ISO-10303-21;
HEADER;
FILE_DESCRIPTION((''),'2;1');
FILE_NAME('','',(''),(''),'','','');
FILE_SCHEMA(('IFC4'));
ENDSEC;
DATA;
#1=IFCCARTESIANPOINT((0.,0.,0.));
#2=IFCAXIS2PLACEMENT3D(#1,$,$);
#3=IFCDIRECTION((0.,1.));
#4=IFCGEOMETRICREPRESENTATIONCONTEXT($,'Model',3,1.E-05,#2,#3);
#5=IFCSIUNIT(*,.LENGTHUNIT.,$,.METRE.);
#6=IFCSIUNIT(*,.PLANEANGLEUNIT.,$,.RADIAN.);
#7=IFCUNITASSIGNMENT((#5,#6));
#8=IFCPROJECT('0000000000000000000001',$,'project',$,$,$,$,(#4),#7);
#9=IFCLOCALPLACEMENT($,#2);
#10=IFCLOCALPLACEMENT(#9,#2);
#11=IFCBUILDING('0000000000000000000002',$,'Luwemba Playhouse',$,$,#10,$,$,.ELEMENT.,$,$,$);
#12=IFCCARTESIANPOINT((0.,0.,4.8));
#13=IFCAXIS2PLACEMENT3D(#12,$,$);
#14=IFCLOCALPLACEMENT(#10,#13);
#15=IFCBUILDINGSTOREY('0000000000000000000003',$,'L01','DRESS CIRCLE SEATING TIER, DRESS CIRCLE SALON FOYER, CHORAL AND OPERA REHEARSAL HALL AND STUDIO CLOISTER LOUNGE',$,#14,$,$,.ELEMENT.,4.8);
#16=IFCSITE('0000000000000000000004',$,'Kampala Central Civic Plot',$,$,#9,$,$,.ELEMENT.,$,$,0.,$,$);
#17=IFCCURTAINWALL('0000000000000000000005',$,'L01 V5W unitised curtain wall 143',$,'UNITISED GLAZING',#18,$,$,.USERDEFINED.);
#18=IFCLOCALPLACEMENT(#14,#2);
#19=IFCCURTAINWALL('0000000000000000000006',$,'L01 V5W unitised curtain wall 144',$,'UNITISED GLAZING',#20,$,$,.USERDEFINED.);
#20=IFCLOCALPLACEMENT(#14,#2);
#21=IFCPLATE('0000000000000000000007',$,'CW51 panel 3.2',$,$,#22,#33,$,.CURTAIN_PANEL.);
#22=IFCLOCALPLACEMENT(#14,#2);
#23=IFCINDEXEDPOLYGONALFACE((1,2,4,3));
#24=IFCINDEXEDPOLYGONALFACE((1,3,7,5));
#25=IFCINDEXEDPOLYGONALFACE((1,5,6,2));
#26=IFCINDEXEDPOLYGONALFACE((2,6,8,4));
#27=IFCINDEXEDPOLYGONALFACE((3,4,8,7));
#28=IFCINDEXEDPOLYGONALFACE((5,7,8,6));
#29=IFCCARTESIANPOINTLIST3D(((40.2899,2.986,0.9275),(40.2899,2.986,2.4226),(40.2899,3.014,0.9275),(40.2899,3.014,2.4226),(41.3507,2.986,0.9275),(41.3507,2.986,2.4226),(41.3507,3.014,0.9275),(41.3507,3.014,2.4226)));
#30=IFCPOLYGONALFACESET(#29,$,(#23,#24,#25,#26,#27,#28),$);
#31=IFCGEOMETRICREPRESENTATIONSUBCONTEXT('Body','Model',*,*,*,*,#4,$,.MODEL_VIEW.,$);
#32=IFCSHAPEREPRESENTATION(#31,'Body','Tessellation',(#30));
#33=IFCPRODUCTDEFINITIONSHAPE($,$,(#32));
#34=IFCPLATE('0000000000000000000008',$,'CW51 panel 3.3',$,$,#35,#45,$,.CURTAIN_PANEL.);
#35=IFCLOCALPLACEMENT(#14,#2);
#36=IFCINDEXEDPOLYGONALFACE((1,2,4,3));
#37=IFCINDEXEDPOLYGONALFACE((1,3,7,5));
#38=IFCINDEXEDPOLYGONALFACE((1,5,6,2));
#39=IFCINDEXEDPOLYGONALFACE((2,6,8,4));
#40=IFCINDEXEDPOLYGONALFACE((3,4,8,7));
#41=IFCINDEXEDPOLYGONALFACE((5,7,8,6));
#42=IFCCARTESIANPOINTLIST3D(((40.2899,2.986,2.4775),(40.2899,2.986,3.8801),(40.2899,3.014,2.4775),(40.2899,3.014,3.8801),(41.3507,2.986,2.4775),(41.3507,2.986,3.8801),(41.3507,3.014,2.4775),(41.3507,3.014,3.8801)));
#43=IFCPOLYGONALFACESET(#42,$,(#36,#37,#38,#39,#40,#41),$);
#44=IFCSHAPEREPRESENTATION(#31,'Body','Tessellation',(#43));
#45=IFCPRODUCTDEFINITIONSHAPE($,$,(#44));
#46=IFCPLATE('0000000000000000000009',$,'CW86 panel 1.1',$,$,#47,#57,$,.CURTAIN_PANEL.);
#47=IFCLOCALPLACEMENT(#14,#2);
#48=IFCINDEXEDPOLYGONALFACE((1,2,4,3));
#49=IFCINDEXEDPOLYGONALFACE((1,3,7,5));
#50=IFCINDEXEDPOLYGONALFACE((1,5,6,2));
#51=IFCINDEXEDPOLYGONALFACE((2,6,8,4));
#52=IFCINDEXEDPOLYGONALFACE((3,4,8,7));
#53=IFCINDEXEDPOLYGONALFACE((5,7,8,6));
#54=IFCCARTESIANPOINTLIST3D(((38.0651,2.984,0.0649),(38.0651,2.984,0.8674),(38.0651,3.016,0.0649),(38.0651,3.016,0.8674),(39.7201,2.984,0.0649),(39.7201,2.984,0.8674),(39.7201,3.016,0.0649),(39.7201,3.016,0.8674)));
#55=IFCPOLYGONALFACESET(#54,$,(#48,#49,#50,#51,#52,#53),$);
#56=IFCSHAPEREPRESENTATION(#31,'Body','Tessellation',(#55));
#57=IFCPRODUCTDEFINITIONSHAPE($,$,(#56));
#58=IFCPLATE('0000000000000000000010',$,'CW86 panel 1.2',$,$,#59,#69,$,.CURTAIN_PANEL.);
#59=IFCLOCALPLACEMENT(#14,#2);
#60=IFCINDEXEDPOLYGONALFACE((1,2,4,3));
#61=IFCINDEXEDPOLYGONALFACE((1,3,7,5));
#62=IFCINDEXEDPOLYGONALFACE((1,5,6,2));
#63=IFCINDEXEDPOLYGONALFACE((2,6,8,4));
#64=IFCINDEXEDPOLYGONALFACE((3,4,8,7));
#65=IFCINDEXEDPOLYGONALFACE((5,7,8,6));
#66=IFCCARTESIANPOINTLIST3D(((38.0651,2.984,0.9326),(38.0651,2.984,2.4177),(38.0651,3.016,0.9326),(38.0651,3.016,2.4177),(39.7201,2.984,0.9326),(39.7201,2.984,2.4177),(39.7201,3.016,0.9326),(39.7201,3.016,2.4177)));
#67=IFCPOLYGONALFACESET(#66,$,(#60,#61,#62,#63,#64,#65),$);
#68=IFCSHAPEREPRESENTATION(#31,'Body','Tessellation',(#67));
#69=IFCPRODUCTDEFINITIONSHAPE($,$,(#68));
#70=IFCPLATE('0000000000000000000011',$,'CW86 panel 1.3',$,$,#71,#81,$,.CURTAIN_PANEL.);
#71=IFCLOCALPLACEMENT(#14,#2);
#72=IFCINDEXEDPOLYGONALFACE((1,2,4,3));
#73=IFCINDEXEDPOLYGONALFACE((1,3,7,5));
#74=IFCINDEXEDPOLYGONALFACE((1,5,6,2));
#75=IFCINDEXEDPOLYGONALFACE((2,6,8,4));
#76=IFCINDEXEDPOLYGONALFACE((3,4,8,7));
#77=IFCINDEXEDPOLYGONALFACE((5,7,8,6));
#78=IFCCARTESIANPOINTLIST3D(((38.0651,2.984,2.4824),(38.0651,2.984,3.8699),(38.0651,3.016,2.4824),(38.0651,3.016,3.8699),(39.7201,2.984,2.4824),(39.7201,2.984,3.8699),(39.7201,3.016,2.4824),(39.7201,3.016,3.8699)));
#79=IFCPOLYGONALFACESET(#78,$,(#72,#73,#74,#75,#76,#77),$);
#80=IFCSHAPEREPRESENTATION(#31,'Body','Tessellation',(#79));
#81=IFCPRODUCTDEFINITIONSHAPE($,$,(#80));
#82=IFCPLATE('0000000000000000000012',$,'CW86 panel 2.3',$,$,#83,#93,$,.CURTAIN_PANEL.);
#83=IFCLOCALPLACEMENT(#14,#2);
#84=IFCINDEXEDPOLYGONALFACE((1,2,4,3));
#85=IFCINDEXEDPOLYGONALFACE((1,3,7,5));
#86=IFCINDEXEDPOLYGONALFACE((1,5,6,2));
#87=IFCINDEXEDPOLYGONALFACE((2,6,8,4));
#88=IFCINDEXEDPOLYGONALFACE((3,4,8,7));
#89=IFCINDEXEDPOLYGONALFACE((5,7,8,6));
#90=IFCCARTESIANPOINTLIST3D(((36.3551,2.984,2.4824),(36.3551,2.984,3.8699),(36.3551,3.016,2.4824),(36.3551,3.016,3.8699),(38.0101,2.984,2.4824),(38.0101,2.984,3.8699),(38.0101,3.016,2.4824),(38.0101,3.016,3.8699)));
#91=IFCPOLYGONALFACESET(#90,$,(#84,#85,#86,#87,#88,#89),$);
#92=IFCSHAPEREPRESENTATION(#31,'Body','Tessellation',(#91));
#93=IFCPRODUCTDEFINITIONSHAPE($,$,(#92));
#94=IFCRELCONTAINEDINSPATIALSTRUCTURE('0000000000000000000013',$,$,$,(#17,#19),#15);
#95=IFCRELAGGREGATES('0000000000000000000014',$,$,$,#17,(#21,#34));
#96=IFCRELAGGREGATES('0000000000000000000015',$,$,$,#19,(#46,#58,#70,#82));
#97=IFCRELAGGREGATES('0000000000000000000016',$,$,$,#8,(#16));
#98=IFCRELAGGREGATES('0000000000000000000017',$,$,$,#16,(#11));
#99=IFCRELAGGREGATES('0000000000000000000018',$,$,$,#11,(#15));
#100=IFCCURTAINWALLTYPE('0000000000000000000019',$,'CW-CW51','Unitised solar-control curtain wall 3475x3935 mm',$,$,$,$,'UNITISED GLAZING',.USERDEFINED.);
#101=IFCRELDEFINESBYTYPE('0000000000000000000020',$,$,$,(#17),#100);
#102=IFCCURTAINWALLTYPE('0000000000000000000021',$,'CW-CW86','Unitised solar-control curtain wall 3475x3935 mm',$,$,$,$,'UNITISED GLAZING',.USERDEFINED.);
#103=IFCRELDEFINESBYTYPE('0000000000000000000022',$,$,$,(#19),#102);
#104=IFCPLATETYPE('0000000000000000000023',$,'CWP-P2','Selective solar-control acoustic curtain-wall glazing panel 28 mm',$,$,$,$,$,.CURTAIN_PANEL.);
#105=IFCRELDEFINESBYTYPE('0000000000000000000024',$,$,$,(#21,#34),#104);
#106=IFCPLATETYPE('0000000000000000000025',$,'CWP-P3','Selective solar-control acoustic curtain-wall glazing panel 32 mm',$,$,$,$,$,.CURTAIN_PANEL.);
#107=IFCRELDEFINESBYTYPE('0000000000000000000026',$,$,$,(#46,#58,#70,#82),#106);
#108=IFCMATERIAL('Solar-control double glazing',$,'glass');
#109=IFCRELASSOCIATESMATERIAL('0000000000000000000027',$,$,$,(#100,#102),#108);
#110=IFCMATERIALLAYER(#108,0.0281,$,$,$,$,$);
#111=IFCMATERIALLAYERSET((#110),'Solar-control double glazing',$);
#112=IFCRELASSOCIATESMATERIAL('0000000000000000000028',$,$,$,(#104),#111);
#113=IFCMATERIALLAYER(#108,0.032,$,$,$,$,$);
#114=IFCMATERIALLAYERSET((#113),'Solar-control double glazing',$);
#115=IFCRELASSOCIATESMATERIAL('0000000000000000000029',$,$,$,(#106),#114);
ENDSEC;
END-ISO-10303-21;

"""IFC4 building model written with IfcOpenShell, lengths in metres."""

from ifc_helpers import new_model, si_unit, direction, frame, origin, origin_2d, place, context, subcontext, project, spatial, rectangle, extrude, material, layer, layer_set, type_object, element, aggregate, save


model = new_model("IFC4")

# Units and contexts
model_context = context("Model", 3, precision=1e-05, world=origin(), true_north=direction((0.0, 1.0)))
body_context = subcontext(model_context, "Body", "Model", "MODEL_VIEW")
ifc_project = project(units=[si_unit("LENGTHUNIT", "METRE"), si_unit("PLANEANGLEUNIT", "RADIAN")], contexts=[model_context])

# Site, building, storey
site_placement = place(None, origin())
site = spatial("IfcSite", under=ifc_project, at=site_placement, Name="Kampala Central Civic Plot", CompositionType="ELEMENT", RefElevation=0.0)
building_placement = place(site_placement, origin())
building = spatial("IfcBuilding", under=site, at=building_placement, Name="Luwemba Playhouse", CompositionType="ELEMENT")
storey_placement = place(building_placement, frame((0.0, 0.0, 4.8)))
storey = spatial("IfcBuildingStorey", under=building, at=storey_placement, Name="L01", Description="DRESS CIRCLE SEATING TIER, DRESS CIRCLE SALON FOYER, CHORAL AND OPERA REHEARSAL HALL AND STUDIO CLOISTER LOUNGE", CompositionType="ELEMENT", Elevation=4.8)

# Curtain walls
ifc_material_1 = material(Name="Solar-control double glazing", Category="glass")
curtain_wall_type_1 = type_object("IfcCurtainWallType", Name="CW-CW51", Description="Unitised solar-control curtain wall 3475x3935 mm", ElementType="UNITISED GLAZING", PredefinedType="USERDEFINED", material=ifc_material_1)
curtain_wall_1_placement = place(storey_placement, origin())
curtain_wall_1 = element("IfcCurtainWall", 1, at=curtain_wall_1_placement, inside=storey, type_object=curtain_wall_type_1, Name="L01 V5W unitised curtain wall 143", ObjectType="UNITISED GLAZING", PredefinedType="USERDEFINED")
curtain_wall_type_2 = type_object("IfcCurtainWallType", Name="CW-CW86", Description="Unitised solar-control curtain wall 3475x3935 mm", ElementType="UNITISED GLAZING", PredefinedType="USERDEFINED", material=ifc_material_1)
curtain_wall_2_placement = place(storey_placement, origin())
curtain_wall_2 = element("IfcCurtainWall", 2, at=curtain_wall_2_placement, inside=storey, type_object=curtain_wall_type_2, Name="L01 V5W unitised curtain wall 144", ObjectType="UNITISED GLAZING", PredefinedType="USERDEFINED")

# Plates
ifc_layer_1 = layer(ifc_material_1, 0.0281)
ifc_layer_set_1 = layer_set([ifc_layer_1], Name="Solar-control double glazing")
plate_type_1 = type_object("IfcPlateType", Name="CWP-P2", Description="Selective solar-control acoustic curtain-wall glazing panel 28 mm", PredefinedType="CURTAIN_PANEL", material=ifc_layer_set_1)
plate_1_placement = place(storey_placement, frame((40.8203, 3.0, 0.9275), z_axis=(0.0, 0.0, 1.0), x_axis=(-1.0, 0.0, 0.0)))
plate_1 = element("IfcPlate", 3, at=plate_1_placement, type_object=plate_type_1, Name="CW51 panel 3.2", PredefinedType="CURTAIN_PANEL", context=body_context, shape_type="SweptSolid", body=[
    extrude(rectangle(XDim=1.0608, YDim=0.0281, at=origin_2d()), origin(), (0.0, 0.0, 1.0), 1.4951),
])
plate_2_placement = place(storey_placement, frame((40.8203, 3.0, 2.4775), z_axis=(0.0, 0.0, 1.0), x_axis=(-1.0, 0.0, 0.0)))
plate_2 = element("IfcPlate", 4, at=plate_2_placement, type_object=plate_type_1, Name="CW51 panel 3.3", PredefinedType="CURTAIN_PANEL", context=body_context, shape_type="SweptSolid", body=[
    extrude(rectangle(XDim=1.0608, YDim=0.0281, at=origin_2d()), origin(), (0.0, 0.0, 1.0), 1.4026),
])
aggregate(curtain_wall_1, [plate_1, plate_2])
ifc_layer_2 = layer(ifc_material_1, 0.032)
ifc_layer_set_2 = layer_set([ifc_layer_2], Name="Solar-control double glazing")
plate_type_2 = type_object("IfcPlateType", Name="CWP-P3", Description="Selective solar-control acoustic curtain-wall glazing panel 32 mm", PredefinedType="CURTAIN_PANEL", material=ifc_layer_set_2)
plate_3_placement = place(storey_placement, frame((38.8926, 3.0, 0.0649), z_axis=(0.0, 0.0, 1.0), x_axis=(-1.0, 0.0, 0.0)))
plate_3 = element("IfcPlate", 5, at=plate_3_placement, type_object=plate_type_2, Name="CW86 panel 1.1", PredefinedType="CURTAIN_PANEL", context=body_context, shape_type="SweptSolid", body=[
    extrude(rectangle(XDim=1.655, YDim=0.032, at=origin_2d()), origin(), (0.0, 0.0, 1.0), 0.8025),
])
plate_4_placement = place(storey_placement, frame((38.8926, 3.0, 0.9326), z_axis=(0.0, 0.0, 1.0), x_axis=(-1.0, 0.0, 0.0)))
plate_4 = element("IfcPlate", 6, at=plate_4_placement, type_object=plate_type_2, Name="CW86 panel 1.2", PredefinedType="CURTAIN_PANEL", context=body_context, shape_type="SweptSolid", body=[
    extrude(rectangle(XDim=1.655, YDim=0.032, at=origin_2d()), origin(), (0.0, 0.0, 1.0), 1.4851),
])
plate_5_placement = place(storey_placement, frame((38.8926, 3.0, 2.4824), z_axis=(0.0, 0.0, 1.0), x_axis=(-1.0, 0.0, 0.0)))
plate_5 = element("IfcPlate", 7, at=plate_5_placement, type_object=plate_type_2, Name="CW86 panel 1.3", PredefinedType="CURTAIN_PANEL", context=body_context, shape_type="SweptSolid", body=[
    extrude(rectangle(XDim=1.655, YDim=0.032, at=origin_2d()), origin(), (0.0, 0.0, 1.0), 1.3875),
])
plate_6_placement = place(storey_placement, frame((37.1826, 3.0, 2.4824), z_axis=(0.0, 0.0, 1.0), x_axis=(-1.0, 0.0, 0.0)))
plate_6 = element("IfcPlate", 8, at=plate_6_placement, type_object=plate_type_2, Name="CW86 panel 2.3", PredefinedType="CURTAIN_PANEL", context=body_context, shape_type="SweptSolid", body=[
    extrude(rectangle(XDim=1.655, YDim=0.032, at=origin_2d()), origin(), (0.0, 0.0, 1.0), 1.3875),
])
aggregate(curtain_wall_2, [plate_3, plate_4, plate_5, plate_6])

save(model, "model.ifc")
